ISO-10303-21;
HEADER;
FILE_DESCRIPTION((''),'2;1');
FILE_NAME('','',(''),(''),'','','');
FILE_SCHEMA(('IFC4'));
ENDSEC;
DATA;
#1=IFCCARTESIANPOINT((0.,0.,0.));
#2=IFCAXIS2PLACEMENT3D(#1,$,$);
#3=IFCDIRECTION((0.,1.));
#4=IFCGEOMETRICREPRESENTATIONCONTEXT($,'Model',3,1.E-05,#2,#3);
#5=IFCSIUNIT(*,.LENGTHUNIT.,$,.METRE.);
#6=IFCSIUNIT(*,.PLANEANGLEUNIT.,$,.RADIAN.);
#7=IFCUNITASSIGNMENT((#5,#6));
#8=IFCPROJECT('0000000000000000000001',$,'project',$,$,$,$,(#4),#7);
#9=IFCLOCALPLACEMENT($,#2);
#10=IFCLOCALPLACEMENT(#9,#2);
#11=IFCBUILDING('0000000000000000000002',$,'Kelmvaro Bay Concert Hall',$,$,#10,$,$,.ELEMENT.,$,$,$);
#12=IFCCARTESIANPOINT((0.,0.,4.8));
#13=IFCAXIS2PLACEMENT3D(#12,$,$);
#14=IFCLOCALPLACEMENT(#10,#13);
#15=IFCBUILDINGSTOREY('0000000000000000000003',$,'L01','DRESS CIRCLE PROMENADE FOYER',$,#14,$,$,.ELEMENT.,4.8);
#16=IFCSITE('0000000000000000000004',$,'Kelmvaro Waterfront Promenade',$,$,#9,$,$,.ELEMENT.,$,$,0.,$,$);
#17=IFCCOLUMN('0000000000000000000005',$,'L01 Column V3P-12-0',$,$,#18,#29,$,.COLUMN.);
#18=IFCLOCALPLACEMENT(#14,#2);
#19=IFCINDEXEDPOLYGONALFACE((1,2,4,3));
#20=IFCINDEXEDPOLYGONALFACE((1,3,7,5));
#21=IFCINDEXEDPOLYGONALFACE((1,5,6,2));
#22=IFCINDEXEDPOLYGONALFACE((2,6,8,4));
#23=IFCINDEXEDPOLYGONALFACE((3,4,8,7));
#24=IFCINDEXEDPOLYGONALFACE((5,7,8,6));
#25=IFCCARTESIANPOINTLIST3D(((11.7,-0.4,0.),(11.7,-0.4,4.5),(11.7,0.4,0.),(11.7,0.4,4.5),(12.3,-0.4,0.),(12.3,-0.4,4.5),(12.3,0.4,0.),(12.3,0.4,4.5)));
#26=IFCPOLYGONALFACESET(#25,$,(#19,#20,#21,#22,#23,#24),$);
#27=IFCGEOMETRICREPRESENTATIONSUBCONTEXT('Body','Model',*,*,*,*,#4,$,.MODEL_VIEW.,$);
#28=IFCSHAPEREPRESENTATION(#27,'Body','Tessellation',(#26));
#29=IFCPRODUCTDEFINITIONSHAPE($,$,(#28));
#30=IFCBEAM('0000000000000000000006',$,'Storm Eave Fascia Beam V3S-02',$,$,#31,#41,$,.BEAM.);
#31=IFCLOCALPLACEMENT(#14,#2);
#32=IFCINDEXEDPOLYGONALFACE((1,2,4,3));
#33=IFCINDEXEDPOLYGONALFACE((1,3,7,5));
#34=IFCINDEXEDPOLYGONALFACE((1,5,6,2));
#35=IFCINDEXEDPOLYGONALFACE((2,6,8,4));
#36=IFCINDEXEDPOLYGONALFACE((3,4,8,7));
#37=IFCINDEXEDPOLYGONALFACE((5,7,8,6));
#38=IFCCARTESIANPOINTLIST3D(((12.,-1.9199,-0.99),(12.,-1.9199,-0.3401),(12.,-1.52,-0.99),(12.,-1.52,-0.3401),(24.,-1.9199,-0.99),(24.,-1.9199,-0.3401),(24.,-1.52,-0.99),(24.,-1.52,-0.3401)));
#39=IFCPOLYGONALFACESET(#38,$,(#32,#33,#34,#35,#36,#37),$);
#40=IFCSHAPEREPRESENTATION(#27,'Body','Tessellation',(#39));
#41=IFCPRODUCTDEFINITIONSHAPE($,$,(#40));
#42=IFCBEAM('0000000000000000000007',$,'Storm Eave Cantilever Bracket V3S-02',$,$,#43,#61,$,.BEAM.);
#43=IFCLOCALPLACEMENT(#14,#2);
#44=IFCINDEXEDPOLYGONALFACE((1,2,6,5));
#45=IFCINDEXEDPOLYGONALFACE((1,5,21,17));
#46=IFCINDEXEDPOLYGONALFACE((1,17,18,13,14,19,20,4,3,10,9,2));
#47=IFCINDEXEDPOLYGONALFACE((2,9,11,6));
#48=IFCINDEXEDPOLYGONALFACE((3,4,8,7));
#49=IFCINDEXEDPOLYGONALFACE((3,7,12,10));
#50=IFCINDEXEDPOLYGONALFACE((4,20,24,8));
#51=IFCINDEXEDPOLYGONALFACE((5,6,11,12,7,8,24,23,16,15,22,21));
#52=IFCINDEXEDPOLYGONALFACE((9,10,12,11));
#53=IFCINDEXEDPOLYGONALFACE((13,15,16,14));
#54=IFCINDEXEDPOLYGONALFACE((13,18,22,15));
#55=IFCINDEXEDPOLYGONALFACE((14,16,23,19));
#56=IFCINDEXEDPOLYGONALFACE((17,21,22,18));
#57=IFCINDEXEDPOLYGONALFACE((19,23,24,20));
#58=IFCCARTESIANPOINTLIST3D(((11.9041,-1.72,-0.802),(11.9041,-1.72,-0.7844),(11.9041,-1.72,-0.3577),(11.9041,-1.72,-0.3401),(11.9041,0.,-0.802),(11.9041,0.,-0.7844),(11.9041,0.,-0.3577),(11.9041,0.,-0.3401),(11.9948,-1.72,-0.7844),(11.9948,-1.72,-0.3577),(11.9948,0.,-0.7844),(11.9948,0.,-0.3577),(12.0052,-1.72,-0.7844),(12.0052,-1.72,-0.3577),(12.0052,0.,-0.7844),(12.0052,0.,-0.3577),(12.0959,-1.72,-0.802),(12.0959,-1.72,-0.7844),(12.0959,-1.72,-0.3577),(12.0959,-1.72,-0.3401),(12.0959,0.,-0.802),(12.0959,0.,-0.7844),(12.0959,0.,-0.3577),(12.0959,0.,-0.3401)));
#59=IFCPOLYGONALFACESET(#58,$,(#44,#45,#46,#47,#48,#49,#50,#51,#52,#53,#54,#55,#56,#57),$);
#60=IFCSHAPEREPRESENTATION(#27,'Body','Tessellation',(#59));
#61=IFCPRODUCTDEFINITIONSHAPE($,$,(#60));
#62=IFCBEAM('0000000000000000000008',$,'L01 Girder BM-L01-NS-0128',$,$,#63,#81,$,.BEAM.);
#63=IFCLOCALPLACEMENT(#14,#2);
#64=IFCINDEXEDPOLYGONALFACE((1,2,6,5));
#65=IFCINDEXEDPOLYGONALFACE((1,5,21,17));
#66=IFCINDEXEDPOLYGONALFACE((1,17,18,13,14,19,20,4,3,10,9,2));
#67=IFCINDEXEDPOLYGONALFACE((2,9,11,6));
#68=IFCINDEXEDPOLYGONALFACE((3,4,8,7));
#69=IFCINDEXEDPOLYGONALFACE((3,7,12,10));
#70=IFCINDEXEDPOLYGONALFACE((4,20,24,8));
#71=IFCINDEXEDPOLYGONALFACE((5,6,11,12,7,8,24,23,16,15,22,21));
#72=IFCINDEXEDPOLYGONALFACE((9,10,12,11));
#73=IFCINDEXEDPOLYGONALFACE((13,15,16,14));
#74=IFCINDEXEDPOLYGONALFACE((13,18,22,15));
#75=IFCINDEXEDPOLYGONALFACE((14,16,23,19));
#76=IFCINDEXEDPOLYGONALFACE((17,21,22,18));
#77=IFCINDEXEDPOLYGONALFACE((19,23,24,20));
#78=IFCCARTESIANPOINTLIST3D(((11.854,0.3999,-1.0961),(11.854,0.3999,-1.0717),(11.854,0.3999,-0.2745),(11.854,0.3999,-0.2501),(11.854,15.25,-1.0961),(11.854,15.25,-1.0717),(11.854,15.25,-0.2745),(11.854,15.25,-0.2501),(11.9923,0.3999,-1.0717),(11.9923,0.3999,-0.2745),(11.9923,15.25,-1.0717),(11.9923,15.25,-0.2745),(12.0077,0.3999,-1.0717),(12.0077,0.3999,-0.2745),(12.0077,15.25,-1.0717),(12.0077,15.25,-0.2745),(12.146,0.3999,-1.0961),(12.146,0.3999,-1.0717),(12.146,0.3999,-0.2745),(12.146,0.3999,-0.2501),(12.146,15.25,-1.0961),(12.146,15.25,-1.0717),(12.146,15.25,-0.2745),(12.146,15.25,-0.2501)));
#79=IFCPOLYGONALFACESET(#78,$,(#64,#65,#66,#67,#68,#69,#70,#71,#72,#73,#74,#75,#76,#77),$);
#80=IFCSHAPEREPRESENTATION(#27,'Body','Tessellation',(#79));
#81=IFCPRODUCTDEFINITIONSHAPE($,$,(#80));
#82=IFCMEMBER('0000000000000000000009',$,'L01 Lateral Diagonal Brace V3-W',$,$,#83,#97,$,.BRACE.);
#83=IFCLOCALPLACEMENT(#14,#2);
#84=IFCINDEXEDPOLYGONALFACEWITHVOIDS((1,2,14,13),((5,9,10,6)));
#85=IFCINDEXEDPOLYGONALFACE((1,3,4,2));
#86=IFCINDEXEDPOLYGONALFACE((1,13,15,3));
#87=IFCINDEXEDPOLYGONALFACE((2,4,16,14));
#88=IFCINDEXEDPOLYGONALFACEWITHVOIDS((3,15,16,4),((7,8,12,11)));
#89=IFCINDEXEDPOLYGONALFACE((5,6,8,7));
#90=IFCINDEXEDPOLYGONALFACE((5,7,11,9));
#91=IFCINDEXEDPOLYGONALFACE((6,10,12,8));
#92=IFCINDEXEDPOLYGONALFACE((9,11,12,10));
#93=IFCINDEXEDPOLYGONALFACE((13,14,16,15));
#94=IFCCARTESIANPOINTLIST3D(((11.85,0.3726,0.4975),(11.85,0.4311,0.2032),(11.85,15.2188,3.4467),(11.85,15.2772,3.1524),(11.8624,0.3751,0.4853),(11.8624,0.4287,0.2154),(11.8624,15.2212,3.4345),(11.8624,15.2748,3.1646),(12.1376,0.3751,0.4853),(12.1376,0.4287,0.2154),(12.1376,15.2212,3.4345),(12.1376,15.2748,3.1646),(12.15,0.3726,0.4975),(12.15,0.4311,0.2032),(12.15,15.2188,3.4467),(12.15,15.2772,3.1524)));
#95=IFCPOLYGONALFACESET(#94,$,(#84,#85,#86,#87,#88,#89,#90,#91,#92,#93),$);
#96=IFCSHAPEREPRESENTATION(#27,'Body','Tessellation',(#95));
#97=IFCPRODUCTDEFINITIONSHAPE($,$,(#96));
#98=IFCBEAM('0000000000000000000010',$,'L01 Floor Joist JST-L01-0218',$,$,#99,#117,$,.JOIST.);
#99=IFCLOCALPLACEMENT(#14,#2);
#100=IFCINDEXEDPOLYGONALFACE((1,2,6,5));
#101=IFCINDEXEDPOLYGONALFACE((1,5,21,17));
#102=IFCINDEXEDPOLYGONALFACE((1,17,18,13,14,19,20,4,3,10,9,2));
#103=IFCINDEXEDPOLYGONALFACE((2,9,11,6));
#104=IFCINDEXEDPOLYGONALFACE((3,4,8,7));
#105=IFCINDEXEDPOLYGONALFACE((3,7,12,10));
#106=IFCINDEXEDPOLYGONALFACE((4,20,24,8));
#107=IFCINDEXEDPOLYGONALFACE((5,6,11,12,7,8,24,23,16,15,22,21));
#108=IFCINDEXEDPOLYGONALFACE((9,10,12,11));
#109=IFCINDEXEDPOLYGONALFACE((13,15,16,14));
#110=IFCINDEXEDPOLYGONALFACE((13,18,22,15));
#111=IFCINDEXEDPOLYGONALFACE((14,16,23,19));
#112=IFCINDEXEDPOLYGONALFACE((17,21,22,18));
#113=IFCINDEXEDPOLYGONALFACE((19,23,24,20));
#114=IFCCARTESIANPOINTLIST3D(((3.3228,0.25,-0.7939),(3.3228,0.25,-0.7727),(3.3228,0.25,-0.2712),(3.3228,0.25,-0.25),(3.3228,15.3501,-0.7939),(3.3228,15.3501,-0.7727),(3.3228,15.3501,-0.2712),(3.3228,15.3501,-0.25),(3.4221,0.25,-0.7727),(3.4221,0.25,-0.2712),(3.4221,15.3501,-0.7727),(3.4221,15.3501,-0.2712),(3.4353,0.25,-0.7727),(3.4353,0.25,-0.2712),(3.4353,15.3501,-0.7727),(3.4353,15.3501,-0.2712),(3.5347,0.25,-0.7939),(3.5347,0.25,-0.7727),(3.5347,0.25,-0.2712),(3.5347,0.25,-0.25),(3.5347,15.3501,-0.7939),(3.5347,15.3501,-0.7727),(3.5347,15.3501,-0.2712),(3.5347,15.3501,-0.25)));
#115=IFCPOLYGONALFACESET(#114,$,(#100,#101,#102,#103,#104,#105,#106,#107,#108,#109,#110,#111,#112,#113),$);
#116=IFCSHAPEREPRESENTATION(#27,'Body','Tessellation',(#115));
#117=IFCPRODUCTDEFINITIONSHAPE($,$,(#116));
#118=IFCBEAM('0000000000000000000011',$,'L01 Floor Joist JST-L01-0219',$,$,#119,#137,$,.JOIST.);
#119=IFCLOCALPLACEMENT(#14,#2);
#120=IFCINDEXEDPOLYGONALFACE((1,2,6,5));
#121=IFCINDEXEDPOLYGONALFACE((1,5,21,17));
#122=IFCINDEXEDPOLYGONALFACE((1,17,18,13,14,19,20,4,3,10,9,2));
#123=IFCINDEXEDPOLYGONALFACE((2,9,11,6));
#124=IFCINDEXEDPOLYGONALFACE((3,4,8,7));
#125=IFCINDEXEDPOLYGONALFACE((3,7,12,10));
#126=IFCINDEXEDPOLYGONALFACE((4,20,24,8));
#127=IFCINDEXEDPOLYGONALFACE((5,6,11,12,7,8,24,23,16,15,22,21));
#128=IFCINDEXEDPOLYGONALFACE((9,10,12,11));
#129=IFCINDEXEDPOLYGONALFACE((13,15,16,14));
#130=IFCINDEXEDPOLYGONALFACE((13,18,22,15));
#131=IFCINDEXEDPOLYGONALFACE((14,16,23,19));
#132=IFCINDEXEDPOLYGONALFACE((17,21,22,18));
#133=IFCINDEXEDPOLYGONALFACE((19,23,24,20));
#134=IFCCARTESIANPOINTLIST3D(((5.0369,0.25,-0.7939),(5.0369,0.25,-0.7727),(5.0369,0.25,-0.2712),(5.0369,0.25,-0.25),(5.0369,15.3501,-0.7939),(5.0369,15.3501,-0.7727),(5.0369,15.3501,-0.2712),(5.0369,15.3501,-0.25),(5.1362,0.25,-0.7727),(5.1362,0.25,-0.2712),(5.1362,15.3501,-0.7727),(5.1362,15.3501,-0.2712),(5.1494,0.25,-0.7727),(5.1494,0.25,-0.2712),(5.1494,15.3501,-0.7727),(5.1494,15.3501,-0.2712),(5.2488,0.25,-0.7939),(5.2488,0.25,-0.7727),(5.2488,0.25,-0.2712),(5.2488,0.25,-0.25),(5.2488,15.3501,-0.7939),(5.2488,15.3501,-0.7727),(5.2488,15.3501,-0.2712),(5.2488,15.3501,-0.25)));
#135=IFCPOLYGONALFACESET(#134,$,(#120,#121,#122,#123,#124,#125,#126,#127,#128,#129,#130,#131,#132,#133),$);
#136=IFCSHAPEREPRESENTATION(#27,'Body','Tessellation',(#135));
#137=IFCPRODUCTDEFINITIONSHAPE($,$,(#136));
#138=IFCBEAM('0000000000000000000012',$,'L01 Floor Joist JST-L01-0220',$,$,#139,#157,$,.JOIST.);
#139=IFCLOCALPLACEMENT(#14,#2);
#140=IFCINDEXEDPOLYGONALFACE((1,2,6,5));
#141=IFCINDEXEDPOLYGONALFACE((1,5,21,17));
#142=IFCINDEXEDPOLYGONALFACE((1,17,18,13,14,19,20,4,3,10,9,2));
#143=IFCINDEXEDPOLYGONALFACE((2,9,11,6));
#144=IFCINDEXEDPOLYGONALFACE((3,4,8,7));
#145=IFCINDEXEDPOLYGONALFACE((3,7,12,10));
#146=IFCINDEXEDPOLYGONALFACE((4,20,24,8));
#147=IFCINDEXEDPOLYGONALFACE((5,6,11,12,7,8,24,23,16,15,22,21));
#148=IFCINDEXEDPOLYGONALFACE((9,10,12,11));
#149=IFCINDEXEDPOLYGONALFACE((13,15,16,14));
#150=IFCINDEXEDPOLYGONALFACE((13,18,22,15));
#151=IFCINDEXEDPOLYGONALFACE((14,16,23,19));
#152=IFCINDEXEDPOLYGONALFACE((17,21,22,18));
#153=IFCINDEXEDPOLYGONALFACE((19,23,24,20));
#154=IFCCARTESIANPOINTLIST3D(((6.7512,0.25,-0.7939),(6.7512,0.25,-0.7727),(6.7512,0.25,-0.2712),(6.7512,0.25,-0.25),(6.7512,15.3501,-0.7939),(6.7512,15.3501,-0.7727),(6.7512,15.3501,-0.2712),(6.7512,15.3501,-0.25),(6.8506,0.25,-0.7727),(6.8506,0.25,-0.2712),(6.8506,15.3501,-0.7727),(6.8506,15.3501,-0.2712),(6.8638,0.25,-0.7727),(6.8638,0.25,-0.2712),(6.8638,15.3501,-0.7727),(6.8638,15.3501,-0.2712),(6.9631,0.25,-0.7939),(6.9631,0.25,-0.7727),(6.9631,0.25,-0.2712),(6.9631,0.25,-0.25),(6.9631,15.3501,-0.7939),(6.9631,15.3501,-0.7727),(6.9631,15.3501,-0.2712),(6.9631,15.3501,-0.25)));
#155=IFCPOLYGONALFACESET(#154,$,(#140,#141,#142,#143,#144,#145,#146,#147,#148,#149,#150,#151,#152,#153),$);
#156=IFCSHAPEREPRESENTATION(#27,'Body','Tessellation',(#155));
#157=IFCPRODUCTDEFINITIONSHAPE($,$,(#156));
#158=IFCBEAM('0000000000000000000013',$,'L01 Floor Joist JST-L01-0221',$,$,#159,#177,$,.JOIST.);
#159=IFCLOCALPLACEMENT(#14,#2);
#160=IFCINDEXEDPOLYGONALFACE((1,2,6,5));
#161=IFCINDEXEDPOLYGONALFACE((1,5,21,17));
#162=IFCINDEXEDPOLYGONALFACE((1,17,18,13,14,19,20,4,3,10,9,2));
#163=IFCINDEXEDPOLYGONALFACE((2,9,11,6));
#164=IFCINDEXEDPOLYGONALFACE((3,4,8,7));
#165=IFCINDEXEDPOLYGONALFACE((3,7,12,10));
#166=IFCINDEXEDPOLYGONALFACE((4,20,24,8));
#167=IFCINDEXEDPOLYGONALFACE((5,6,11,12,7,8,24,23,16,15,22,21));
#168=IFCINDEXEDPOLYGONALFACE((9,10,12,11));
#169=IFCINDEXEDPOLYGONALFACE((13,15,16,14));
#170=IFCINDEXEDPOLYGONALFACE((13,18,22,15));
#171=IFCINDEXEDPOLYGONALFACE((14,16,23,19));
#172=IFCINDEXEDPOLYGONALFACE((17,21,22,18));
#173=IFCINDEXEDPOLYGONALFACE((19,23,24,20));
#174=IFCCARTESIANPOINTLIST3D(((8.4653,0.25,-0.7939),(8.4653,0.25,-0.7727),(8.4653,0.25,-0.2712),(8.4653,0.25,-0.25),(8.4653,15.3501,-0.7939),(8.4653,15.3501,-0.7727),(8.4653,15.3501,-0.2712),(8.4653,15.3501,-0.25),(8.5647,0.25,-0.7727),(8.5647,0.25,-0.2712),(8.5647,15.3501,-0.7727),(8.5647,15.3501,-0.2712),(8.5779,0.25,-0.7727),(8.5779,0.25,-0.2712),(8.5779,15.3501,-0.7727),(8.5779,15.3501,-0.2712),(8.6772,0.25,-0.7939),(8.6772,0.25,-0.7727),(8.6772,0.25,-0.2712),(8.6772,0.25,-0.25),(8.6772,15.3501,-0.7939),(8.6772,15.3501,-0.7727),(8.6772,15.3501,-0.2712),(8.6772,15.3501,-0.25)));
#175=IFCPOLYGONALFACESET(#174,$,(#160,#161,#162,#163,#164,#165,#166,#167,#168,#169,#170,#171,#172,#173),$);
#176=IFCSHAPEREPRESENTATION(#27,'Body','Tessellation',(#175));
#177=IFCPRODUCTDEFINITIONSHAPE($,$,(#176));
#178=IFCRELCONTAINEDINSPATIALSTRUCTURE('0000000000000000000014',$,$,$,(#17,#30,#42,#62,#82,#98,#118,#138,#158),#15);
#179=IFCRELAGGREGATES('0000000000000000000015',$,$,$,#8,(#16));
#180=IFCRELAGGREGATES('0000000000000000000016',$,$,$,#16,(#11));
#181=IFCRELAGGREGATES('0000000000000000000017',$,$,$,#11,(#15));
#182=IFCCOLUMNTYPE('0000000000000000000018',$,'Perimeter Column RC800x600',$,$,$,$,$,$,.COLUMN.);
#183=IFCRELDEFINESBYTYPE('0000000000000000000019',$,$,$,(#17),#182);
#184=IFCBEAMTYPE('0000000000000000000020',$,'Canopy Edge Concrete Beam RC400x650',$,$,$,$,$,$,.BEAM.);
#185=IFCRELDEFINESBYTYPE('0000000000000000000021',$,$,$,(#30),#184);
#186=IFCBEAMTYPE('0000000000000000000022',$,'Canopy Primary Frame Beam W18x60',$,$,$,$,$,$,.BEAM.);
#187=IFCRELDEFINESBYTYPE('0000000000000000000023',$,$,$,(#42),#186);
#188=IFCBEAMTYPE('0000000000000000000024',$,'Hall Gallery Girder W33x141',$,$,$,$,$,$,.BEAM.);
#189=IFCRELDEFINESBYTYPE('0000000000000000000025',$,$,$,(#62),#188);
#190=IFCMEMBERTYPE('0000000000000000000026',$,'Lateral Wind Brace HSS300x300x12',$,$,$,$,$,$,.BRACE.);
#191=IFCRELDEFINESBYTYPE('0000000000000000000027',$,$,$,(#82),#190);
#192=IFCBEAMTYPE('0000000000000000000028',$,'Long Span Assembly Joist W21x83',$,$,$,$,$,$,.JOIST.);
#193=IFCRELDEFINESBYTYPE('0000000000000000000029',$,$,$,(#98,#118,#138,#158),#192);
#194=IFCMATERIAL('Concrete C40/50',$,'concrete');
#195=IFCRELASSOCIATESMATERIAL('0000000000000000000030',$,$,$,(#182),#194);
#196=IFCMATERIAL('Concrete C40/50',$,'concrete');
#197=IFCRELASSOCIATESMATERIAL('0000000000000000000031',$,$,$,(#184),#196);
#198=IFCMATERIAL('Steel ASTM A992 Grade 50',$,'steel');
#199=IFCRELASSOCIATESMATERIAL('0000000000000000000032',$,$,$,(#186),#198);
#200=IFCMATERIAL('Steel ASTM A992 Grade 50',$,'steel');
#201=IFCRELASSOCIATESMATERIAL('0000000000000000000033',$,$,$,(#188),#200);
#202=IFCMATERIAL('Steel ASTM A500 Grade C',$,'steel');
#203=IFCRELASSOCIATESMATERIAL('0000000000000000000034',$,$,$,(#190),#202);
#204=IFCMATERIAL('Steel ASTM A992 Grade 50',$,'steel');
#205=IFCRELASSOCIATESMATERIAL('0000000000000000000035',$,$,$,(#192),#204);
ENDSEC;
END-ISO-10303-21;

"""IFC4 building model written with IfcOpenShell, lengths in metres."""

from ifc_helpers import new_model, si_unit, direction, frame, origin, origin_2d, place, context, subcontext, project, spatial, rectangle, hollow_rectangle, i_section, extrude, material, material_profile, profile_set, type_object, element, save


model = new_model("IFC4")

# Units and contexts
model_context = context("Model", 3, precision=1e-05, world=origin(), true_north=direction((0.0, 1.0)))
body_context = subcontext(model_context, "Body", "Model", "MODEL_VIEW")
ifc_project = project(units=[si_unit("LENGTHUNIT", "METRE"), si_unit("PLANEANGLEUNIT", "RADIAN")], contexts=[model_context])

# Site, building, storey
site_placement = place(None, origin())
site = spatial("IfcSite", under=ifc_project, at=site_placement, Name="Kelmvaro Waterfront Promenade", CompositionType="ELEMENT", RefElevation=0.0)
building_placement = place(site_placement, origin())
building = spatial("IfcBuilding", under=site, at=building_placement, Name="Kelmvaro Bay Concert Hall", CompositionType="ELEMENT")
storey_placement = place(building_placement, frame((0.0, 0.0, 4.8)))
storey = spatial("IfcBuildingStorey", under=building, at=storey_placement, Name="L01", Description="DRESS CIRCLE PROMENADE FOYER", CompositionType="ELEMENT", Elevation=4.8)

# Column
ifc_material_1 = material(Name="Concrete C40/50", Category="concrete")
ifc_material_profile_1 = material_profile(ifc_material_1, rectangle(XDim=0.6001, YDim=0.8, at=origin_2d()), Name="RC-COL-800X600")
ifc_profile_set_1 = profile_set([ifc_material_profile_1], Name="Concrete C40/50")
column_type = type_object("IfcColumnType", Name="Perimeter Column RC800x600", PredefinedType="COLUMN", material=ifc_profile_set_1)
column_placement = place(storey_placement, frame((12.0, 0.0, 0.0), z_axis=(0.0, 0.0, 1.0), x_axis=(1.0, 0.0, 0.0)))
element("IfcColumn", 1, at=column_placement, inside=storey, type_object=column_type, Name="L01 Column V3P-12-0", PredefinedType="COLUMN", context=body_context, shape_type="SweptSolid", body=[
    extrude(rectangle(XDim=0.6001, YDim=0.8, at=origin_2d()), origin(), (0.0, 0.0, 1.0), 4.5),
])

# Beams
ifc_material_2 = material(Name="Concrete C40/50", Category="concrete")
ifc_material_profile_2 = material_profile(ifc_material_2, rectangle(XDim=0.3999, YDim=0.6499, at=origin_2d()), Name="RC-BM-400X650")
ifc_profile_set_2 = profile_set([ifc_material_profile_2], Name="Concrete C40/50")
beam_type_1 = type_object("IfcBeamType", Name="Canopy Edge Concrete Beam RC400x650", PredefinedType="BEAM", material=ifc_profile_set_2)
beam_1_placement = place(storey_placement, frame((12.0, -1.72, -0.665), z_axis=(1.0, 0.0, 0.0), x_axis=(0.0, 1.0, 0.0)))
element("IfcBeam", 2, at=beam_1_placement, inside=storey, type_object=beam_type_1, Name="Storm Eave Fascia Beam V3S-02", PredefinedType="BEAM", context=body_context, shape_type="SweptSolid", body=[
    extrude(rectangle(XDim=0.3999, YDim=0.6499, at=origin_2d()), origin(), (0.0, 0.0, 1.0), 12.0),
])
ifc_material_3 = material(Name="Steel ASTM A992 Grade 50", Category="steel")
ifc_material_profile_3 = material_profile(ifc_material_3, i_section(OverallWidth=0.1919, OverallDepth=0.4619, WebThickness=0.0105, FlangeThickness=0.0176, at=origin_2d()), Name="W18X60")
ifc_profile_set_3 = profile_set([ifc_material_profile_3], Name="Steel ASTM A992 Grade 50")
beam_type_2 = type_object("IfcBeamType", Name="Canopy Primary Frame Beam W18x60", PredefinedType="BEAM", material=ifc_profile_set_3)
beam_2_placement = place(storey_placement, frame((12.0, 0.0, -0.571), z_axis=(0.0, -1.0, 0.0), x_axis=(1.0, 0.0, 0.0)))
element("IfcBeam", 3, at=beam_2_placement, inside=storey, type_object=beam_type_2, Name="Storm Eave Cantilever Bracket V3S-02", PredefinedType="BEAM", context=body_context, shape_type="SweptSolid", body=[
    extrude(i_section(OverallWidth=0.1919, OverallDepth=0.4619, WebThickness=0.0105, FlangeThickness=0.0176, at=origin_2d()), origin(), (0.0, 0.0, 1.0), 1.72),
])
ifc_material_4 = material(Name="Steel ASTM A992 Grade 50", Category="steel")
ifc_material_profile_4 = material_profile(ifc_material_4, i_section(OverallWidth=0.292, OverallDepth=0.8459, WebThickness=0.0154, FlangeThickness=0.0244, at=origin_2d()), Name="W33X141")
ifc_profile_set_4 = profile_set([ifc_material_profile_4], Name="Steel ASTM A992 Grade 50")
beam_type_3 = type_object("IfcBeamType", Name="Hall Gallery Girder W33x141", PredefinedType="BEAM", material=ifc_profile_set_4)
beam_3_placement = place(storey_placement, frame((12.0, 0.3999, -0.6731), z_axis=(0.0, 1.0, 0.0), x_axis=(-1.0, 0.0, 0.0)))
element("IfcBeam", 4, at=beam_3_placement, inside=storey, type_object=beam_type_3, Name="L01 Girder BM-L01-NS-0128", PredefinedType="BEAM", context=body_context, shape_type="SweptSolid", body=[
    extrude(i_section(OverallWidth=0.292, OverallDepth=0.8459, WebThickness=0.0154, FlangeThickness=0.0244, at=origin_2d()), origin(), (0.0, 0.0, 1.0), 14.8501),
])

# Member
ifc_material_5 = material(Name="Steel ASTM A500 Grade C", Category="steel")
ifc_material_profile_5 = material_profile(ifc_material_5, hollow_rectangle(XDim=0.3, YDim=0.3, WallThickness=0.0125, at=origin_2d()), Name="HSS300X300X12")
ifc_profile_set_5 = profile_set([ifc_material_profile_5], Name="Steel ASTM A500 Grade C")
member_type = type_object("IfcMemberType", Name="Lateral Wind Brace HSS300x300x12", PredefinedType="BRACE", material=ifc_profile_set_5)
member_placement = place(storey_placement, frame((12.0, 0.4019, 0.3503), z_axis=(0.0, 0.980834, 0.194844), x_axis=(-1.0, 0.0, 0.0)))
element("IfcMember", 5, at=member_placement, inside=storey, type_object=member_type, Name="L01 Lateral Diagonal Brace V3-W", PredefinedType="BRACE", context=body_context, shape_type="SweptSolid", body=[
    extrude(hollow_rectangle(XDim=0.3, YDim=0.3, WallThickness=0.0125, at=origin_2d()), origin(), (0.0, 0.0, 1.0), 15.1362),
])

# Beams
ifc_material_6 = material(Name="Steel ASTM A992 Grade 50", Category="steel")
ifc_material_profile_6 = material_profile(ifc_material_6, i_section(OverallWidth=0.2119, OverallDepth=0.5439, WebThickness=0.0132, FlangeThickness=0.0212, at=origin_2d()), Name="W21X83")
ifc_profile_set_6 = profile_set([ifc_material_profile_6], Name="Steel ASTM A992 Grade 50")
beam_type_4 = type_object("IfcBeamType", Name="Long Span Assembly Joist W21x83", PredefinedType="JOIST", material=ifc_profile_set_6)
for number, where, z_axis, x_axis, name in (
    (6, (3.4287, 0.25, -0.522), (0.0, 1.0, 0.0), (-1.0, 0.0, 0.0), "L01 Floor Joist JST-L01-0218"),
    (7, (5.1428, 0.25, -0.522), (0.0, 1.0, 0.0), (-1.0, 0.0, 0.0), "L01 Floor Joist JST-L01-0219"),
    (8, (6.8572, 0.25, -0.522), (0.0, 1.0, 0.0), (-1.0, 0.0, 0.0), "L01 Floor Joist JST-L01-0220"),
    (9, (8.5713, 0.25, -0.522), (0.0, 1.0, 0.0), (-1.0, 0.0, 0.0), "L01 Floor Joist JST-L01-0221"),
):
    element("IfcBeam", number, at=place(storey_placement, frame(where, z_axis=z_axis, x_axis=x_axis)), inside=storey, type_object=beam_type_4, Name=name, PredefinedType="JOIST", context=body_context, shape_type="SweptSolid", body=[
        extrude(i_section(OverallWidth=0.2119, OverallDepth=0.5439, WebThickness=0.0132, FlangeThickness=0.0212, at=origin_2d()), origin(), (0.0, 0.0, 1.0), 15.1001),
    ])

save(model, "model.ifc")
